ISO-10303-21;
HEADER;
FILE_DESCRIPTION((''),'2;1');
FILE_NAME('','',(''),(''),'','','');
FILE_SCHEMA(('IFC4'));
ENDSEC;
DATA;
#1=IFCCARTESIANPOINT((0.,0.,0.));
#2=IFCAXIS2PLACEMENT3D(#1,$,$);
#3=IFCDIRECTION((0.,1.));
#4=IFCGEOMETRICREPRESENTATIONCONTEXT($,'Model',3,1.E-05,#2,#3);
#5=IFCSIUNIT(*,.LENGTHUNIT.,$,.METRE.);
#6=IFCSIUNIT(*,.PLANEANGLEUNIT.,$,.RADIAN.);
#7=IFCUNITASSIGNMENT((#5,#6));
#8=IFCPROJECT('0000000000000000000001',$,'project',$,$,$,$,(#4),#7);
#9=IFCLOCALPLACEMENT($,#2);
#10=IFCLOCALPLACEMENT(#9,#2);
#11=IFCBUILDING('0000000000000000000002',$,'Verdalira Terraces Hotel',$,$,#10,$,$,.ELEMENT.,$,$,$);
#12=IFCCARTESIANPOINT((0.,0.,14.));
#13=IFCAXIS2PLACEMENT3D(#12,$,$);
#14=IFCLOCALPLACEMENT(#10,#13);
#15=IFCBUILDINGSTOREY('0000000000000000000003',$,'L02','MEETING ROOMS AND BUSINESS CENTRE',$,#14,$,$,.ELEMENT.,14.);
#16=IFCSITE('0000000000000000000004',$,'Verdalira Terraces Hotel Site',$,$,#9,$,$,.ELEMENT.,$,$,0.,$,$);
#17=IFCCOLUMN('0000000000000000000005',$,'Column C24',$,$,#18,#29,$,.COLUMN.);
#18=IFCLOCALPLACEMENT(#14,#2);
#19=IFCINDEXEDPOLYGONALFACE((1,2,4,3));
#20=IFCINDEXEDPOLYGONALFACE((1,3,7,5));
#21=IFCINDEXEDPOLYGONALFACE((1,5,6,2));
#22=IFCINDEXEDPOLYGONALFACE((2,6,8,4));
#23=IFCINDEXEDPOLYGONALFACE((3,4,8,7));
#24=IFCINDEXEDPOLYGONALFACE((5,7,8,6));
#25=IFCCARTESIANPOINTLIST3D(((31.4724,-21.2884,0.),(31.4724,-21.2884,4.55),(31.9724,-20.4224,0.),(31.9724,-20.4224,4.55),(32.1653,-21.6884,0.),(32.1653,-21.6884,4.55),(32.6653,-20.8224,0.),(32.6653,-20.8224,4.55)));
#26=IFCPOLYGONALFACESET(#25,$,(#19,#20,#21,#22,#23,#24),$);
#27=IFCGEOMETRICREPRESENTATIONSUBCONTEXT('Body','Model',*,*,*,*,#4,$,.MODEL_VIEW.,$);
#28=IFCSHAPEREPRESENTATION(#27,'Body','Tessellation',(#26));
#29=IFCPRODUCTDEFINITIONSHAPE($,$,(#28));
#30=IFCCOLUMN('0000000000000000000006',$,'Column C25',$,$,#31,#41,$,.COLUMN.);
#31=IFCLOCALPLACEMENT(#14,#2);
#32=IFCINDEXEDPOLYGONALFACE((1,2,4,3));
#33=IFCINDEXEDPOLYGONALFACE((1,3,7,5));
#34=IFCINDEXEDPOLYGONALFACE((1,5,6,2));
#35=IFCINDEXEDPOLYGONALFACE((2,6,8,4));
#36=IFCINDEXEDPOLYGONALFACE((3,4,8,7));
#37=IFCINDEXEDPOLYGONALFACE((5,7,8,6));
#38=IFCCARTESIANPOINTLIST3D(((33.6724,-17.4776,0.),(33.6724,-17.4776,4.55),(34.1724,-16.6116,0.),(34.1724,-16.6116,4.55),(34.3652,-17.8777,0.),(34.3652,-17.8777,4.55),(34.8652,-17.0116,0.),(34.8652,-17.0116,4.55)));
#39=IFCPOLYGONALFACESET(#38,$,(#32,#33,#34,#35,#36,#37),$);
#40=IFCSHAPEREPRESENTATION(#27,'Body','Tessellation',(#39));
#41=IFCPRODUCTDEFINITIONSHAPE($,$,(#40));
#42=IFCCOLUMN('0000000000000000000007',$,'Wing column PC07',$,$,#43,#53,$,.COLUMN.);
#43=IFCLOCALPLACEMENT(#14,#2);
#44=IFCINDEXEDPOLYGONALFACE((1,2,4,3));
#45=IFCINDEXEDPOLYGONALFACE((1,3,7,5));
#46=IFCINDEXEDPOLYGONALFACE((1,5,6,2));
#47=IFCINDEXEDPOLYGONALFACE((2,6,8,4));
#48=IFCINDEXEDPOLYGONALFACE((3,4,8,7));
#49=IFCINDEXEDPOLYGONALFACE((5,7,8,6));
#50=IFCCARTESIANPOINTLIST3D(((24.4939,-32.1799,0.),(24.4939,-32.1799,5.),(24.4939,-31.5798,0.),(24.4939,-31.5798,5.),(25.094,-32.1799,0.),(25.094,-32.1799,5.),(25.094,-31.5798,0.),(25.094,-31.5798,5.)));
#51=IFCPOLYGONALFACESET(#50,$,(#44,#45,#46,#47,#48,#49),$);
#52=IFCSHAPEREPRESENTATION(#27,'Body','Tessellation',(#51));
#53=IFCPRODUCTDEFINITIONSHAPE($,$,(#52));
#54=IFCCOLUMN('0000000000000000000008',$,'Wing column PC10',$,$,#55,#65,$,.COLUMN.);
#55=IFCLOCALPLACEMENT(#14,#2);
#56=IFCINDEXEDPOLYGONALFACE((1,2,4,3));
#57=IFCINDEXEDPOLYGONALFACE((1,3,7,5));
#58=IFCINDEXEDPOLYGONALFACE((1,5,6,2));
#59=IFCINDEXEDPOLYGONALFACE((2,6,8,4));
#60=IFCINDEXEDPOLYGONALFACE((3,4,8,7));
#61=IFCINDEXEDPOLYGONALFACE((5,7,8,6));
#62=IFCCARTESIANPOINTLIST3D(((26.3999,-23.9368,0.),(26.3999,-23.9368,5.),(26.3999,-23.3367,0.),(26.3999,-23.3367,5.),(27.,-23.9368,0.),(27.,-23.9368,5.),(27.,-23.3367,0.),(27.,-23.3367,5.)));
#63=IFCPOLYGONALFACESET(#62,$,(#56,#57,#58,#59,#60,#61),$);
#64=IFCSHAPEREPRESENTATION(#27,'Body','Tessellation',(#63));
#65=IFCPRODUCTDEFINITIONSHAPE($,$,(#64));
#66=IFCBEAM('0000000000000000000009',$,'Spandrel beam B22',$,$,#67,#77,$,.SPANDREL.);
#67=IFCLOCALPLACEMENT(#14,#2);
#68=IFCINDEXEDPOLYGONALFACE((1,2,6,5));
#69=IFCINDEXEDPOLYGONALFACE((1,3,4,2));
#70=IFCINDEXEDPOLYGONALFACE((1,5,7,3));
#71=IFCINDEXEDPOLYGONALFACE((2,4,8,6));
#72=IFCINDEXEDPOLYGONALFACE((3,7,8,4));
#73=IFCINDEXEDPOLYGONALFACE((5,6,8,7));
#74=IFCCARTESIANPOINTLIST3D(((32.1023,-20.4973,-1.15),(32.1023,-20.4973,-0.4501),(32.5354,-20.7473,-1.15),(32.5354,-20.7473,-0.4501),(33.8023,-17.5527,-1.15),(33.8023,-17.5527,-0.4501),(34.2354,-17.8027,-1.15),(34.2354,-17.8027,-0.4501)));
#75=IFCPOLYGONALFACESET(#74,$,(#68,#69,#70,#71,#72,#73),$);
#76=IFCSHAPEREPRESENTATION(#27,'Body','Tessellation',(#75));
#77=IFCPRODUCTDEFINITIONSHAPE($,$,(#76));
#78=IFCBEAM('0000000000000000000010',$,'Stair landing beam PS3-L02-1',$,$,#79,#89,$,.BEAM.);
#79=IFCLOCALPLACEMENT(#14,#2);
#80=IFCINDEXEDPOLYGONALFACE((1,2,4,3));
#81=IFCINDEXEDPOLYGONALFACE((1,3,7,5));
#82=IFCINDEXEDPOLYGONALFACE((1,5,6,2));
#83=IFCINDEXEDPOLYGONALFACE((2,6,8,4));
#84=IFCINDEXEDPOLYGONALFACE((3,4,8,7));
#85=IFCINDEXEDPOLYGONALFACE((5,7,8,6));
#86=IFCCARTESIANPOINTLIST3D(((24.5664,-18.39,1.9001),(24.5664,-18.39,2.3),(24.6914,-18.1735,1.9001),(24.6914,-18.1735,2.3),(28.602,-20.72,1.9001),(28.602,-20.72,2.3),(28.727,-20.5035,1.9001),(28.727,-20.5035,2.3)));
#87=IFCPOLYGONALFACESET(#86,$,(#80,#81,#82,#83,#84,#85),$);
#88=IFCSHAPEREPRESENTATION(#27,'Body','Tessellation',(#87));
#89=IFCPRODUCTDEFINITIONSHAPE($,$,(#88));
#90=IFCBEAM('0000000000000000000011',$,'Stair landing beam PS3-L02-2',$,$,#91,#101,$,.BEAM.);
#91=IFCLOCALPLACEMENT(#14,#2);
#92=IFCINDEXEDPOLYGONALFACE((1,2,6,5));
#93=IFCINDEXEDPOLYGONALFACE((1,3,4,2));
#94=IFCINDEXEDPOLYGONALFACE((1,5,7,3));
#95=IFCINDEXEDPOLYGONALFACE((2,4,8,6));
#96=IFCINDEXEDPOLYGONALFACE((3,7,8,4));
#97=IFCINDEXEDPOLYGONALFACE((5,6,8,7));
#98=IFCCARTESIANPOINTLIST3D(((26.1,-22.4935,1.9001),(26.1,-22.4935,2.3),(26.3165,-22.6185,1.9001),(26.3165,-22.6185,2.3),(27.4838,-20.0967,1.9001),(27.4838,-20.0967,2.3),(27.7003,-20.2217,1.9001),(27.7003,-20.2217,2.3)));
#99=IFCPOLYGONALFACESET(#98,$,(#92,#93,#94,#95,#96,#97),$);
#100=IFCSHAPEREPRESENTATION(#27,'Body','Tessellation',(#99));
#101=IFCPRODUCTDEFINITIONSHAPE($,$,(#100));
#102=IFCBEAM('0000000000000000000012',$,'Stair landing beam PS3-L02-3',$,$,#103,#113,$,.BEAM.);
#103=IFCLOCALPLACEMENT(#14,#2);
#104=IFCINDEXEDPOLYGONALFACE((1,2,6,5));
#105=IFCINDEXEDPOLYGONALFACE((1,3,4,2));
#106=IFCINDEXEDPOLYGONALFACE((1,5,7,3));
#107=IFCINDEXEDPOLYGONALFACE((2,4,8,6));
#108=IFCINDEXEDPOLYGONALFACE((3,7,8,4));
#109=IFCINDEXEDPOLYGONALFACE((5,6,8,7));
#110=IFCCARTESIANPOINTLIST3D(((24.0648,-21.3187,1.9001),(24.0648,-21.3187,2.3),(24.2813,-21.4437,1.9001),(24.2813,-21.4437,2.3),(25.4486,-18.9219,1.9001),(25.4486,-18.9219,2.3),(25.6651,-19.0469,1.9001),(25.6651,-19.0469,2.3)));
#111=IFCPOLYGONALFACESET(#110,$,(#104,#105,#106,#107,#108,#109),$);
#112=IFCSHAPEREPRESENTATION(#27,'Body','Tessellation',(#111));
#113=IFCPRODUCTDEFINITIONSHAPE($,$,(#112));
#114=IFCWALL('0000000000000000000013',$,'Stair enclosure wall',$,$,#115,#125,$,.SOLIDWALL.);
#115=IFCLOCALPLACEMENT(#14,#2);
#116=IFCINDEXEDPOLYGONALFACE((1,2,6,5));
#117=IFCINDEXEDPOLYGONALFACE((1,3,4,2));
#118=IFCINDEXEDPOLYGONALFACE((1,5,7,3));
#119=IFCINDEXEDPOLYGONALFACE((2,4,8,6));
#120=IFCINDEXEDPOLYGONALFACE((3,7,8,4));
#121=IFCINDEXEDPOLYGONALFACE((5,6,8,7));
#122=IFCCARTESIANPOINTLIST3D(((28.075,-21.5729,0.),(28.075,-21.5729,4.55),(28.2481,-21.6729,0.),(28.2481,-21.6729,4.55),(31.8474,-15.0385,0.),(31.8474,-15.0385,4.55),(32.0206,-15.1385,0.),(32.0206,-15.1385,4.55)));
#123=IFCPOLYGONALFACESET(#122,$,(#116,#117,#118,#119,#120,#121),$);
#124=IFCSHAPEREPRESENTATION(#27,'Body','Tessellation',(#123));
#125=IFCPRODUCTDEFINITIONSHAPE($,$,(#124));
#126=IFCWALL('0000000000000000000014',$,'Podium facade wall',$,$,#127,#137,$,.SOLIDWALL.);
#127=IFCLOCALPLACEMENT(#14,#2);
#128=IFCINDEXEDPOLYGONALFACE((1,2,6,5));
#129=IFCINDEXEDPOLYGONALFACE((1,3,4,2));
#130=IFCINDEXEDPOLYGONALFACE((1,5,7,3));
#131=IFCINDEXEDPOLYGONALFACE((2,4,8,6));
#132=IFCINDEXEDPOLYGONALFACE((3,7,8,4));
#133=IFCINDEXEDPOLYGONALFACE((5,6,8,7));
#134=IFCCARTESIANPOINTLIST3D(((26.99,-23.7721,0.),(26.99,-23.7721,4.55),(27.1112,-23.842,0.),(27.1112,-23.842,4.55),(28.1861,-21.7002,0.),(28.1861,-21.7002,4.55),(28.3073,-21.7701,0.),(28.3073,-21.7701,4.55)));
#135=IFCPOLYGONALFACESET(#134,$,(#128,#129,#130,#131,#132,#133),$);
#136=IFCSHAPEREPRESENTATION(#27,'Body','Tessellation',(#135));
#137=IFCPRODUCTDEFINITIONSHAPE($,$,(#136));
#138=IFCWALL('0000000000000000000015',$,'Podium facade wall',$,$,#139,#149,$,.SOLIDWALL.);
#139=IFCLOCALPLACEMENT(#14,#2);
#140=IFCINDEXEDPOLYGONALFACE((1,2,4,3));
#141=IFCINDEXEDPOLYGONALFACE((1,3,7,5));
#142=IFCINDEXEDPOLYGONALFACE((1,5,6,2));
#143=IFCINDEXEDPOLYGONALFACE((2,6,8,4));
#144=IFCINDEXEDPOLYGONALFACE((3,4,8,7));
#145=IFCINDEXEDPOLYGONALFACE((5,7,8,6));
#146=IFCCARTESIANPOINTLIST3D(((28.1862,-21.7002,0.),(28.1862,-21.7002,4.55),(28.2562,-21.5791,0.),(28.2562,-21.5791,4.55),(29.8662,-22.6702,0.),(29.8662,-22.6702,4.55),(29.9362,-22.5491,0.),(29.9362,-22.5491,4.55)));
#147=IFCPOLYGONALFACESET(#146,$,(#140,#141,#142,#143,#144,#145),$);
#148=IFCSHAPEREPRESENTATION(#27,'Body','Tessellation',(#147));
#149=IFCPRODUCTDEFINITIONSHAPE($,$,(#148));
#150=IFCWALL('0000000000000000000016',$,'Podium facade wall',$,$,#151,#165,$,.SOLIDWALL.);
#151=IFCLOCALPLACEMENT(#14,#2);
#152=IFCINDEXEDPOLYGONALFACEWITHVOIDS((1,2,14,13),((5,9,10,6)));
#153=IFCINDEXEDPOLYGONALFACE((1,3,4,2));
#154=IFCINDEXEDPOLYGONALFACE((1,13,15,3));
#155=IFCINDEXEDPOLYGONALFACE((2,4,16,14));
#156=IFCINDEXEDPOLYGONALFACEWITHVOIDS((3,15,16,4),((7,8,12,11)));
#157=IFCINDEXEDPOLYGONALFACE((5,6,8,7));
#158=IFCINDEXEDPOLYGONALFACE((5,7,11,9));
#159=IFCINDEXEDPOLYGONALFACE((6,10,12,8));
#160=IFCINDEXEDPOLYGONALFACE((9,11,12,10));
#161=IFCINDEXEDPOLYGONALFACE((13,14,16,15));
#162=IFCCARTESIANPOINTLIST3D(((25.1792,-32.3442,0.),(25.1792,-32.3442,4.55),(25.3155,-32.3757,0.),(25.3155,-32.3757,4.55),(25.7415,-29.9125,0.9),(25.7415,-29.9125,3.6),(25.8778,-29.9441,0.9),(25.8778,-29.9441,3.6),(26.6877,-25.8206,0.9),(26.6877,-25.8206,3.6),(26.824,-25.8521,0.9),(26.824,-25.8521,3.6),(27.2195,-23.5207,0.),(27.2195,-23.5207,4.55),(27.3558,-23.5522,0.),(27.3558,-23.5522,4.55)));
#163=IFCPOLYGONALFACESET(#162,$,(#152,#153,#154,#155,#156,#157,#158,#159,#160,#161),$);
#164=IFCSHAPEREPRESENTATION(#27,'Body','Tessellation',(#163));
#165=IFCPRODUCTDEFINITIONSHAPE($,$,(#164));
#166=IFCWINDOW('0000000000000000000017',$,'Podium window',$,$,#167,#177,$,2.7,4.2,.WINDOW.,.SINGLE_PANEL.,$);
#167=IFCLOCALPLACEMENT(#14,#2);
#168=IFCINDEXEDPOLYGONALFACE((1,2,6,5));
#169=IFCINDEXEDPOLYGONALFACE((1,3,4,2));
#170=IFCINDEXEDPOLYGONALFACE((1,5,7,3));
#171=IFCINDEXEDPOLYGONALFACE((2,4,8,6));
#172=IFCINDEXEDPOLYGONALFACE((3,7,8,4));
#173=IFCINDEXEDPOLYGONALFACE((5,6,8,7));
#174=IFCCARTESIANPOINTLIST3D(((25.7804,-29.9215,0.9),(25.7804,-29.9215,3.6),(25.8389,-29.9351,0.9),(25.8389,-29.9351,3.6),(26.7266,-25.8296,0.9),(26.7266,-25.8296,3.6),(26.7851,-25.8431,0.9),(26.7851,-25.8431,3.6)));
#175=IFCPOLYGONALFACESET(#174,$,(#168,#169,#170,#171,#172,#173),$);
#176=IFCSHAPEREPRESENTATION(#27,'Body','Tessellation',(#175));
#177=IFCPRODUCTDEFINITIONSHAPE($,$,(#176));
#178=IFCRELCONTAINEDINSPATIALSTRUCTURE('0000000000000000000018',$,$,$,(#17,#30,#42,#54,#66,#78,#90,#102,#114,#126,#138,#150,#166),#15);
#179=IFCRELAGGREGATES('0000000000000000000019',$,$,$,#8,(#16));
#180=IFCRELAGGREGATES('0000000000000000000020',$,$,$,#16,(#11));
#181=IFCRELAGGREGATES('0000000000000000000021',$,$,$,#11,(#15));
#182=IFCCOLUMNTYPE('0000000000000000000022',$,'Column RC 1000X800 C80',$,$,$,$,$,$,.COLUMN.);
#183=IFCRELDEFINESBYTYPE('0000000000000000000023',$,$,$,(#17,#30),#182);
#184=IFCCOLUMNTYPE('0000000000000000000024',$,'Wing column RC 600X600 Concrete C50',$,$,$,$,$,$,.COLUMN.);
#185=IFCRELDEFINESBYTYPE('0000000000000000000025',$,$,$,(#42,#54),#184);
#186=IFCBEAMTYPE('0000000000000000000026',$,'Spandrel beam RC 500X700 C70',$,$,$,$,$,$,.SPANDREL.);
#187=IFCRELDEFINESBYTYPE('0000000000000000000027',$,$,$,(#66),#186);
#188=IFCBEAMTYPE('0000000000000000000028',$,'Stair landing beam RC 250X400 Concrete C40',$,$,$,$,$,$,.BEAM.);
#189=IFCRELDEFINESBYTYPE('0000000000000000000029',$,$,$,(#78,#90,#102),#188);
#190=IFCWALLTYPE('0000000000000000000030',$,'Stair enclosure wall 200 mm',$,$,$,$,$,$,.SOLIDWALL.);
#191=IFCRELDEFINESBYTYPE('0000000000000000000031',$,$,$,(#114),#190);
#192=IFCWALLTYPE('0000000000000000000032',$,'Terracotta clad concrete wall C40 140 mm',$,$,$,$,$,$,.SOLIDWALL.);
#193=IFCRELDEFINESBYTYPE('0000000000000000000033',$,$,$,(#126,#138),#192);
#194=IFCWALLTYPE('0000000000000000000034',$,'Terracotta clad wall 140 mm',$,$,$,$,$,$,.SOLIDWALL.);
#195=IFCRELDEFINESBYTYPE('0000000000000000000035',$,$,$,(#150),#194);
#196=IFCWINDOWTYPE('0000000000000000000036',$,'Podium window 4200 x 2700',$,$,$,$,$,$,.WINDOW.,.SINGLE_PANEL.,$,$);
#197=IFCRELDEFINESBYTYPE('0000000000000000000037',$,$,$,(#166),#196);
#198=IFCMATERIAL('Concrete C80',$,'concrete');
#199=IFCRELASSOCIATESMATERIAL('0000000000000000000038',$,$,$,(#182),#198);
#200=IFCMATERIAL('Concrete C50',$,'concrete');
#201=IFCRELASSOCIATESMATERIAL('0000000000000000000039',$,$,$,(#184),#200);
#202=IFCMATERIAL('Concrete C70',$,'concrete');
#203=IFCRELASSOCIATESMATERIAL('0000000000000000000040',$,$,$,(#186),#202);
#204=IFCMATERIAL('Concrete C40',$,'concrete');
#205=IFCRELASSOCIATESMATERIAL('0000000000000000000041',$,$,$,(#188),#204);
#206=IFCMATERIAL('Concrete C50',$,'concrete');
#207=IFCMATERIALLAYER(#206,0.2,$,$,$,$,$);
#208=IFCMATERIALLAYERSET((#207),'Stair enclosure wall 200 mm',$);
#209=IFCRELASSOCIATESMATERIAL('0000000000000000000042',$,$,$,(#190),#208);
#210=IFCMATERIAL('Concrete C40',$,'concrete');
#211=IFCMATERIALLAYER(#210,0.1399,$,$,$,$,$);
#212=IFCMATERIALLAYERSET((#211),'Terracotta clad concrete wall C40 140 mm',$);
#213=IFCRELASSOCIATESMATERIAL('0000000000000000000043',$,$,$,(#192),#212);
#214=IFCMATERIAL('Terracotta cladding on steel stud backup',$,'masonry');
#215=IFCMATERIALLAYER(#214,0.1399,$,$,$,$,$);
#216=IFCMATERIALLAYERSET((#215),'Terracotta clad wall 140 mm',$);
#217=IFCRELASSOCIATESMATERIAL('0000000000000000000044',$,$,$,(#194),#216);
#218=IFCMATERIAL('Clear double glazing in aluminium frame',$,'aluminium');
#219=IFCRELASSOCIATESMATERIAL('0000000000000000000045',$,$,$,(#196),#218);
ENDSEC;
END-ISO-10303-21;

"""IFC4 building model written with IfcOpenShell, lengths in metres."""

from ifc_helpers import new_model, si_unit, direction, frame, frame_2d, origin, origin_2d, place, context, subcontext, project, spatial, rectangle, extrude, material, layer, layer_set, material_profile, profile_set, type_object, element, fill, save


model = new_model("IFC4")

# Units and contexts
model_context = context("Model", 3, precision=1e-05, world=origin(), true_north=direction((0.0, 1.0)))
body_context = subcontext(model_context, "Body", "Model", "MODEL_VIEW")
ifc_project = project(units=[si_unit("LENGTHUNIT", "METRE"), si_unit("PLANEANGLEUNIT", "RADIAN")], contexts=[model_context])

# Site, building, storey
site_placement = place(None, origin())
site = spatial("IfcSite", under=ifc_project, at=site_placement, Name="Verdalira Terraces Hotel Site", CompositionType="ELEMENT", RefElevation=0.0)
building_placement = place(site_placement, origin())
building = spatial("IfcBuilding", under=site, at=building_placement, Name="Verdalira Terraces Hotel", CompositionType="ELEMENT")
storey_placement = place(building_placement, frame((0.0, 0.0, 14.0)))
storey = spatial("IfcBuildingStorey", under=building, at=storey_placement, Name="L02", Description="MEETING ROOMS AND BUSINESS CENTRE", CompositionType="ELEMENT", Elevation=14.0)

# Columns
ifc_material_1 = material(Name="Concrete C80", Category="concrete")
ifc_material_profile_1 = material_profile(ifc_material_1, rectangle(XDim=1.0, YDim=0.8, at=origin_2d()), Name="RC 1000X800")
ifc_profile_set_1 = profile_set([ifc_material_profile_1], Name="Concrete C80")
column_type_1 = type_object("IfcColumnType", Name="Column RC 1000X800 C80", PredefinedType="COLUMN", material=ifc_profile_set_1)
for number, where, z_axis, x_axis, name in (
    (1, (32.0688, -21.0554, 0.0), (0.0, 0.0, 1.0), (0.5, 0.866025, 0.0), "Column C24"),
    (2, (34.2688, -17.2446, 0.0), (0.0, 0.0, 1.0), (0.5, 0.866025, 0.0), "Column C25"),
):
    element("IfcColumn", number, at=place(storey_placement, frame(where, z_axis=z_axis, x_axis=x_axis)), inside=storey, type_object=column_type_1, Name=name, PredefinedType="COLUMN", context=body_context, shape_type="SweptSolid", body=[
        extrude(rectangle(XDim=1.0, YDim=0.8, at=origin_2d()), origin(), (0.0, 0.0, 1.0), 4.55),
    ])
ifc_material_2 = material(Name="Concrete C50", Category="concrete")
ifc_material_profile_2 = material_profile(ifc_material_2, rectangle(XDim=0.6001, YDim=0.6001, at=origin_2d()), Name="RC 600X600")
ifc_profile_set_2 = profile_set([ifc_material_profile_2], Name="Concrete C50")
column_type_2 = type_object("IfcColumnType", Name="Wing column RC 600X600 Concrete C50", PredefinedType="COLUMN", material=ifc_profile_set_2)
for number, where, z_axis, x_axis, name in (
    (3, (24.7939, -31.8799, 0.0), (0.0, 0.0, 1.0), (0.0, -1.0, 0.0), "Wing column PC07"),
    (4, (26.7, -23.6367, 0.0), (0.0, 0.0, 1.0), (0.0, -1.0, 0.0), "Wing column PC10"),
):
    element("IfcColumn", number, at=place(storey_placement, frame(where, z_axis=z_axis, x_axis=x_axis)), inside=storey, type_object=column_type_2, Name=name, PredefinedType="COLUMN", context=body_context, shape_type="SweptSolid", body=[
        extrude(rectangle(XDim=0.6001, YDim=0.6001, at=origin_2d()), origin(), (0.0, 0.0, 1.0), 5.0),
    ])

# Beams
ifc_material_3 = material(Name="Concrete C70", Category="concrete")
ifc_material_profile_3 = material_profile(ifc_material_3, rectangle(XDim=0.5, YDim=0.7, at=origin_2d()), Name="RC 500X700")
ifc_profile_set_3 = profile_set([ifc_material_profile_3], Name="Concrete C70")
beam_type_1 = type_object("IfcBeamType", Name="Spandrel beam RC 500X700 C70", PredefinedType="SPANDREL", material=ifc_profile_set_3)
beam_1_placement = place(storey_placement, frame((32.3188, -20.6223, -0.8), z_axis=(0.499977, 0.866039, 0.0), x_axis=(-0.866039, 0.499977, 0.0)))
element("IfcBeam", 5, at=beam_1_placement, inside=storey, type_object=beam_type_1, Name="Spandrel beam B22", PredefinedType="SPANDREL", context=body_context, shape_type="SweptSolid", body=[
    extrude(rectangle(XDim=0.5, YDim=0.7, at=origin_2d()), origin(), (0.0, 0.0, 1.0), 3.4001),
])
ifc_material_4 = material(Name="Concrete C40", Category="concrete")
ifc_material_profile_4 = material_profile(ifc_material_4, rectangle(XDim=0.25, YDim=0.3999, at=origin_2d()), Name="RC 250X400")
ifc_profile_set_4 = profile_set([ifc_material_profile_4], Name="Concrete C40")
beam_type_2 = type_object("IfcBeamType", Name="Stair landing beam RC 250X400 Concrete C40", PredefinedType="BEAM", material=ifc_profile_set_4)
beam_2_placement = place(storey_placement, frame((24.6289, -18.2817, 2.1001), z_axis=(0.866016, -0.500016, 0.0), x_axis=(0.500016, 0.866016, 0.0)))
element("IfcBeam", 6, at=beam_2_placement, inside=storey, type_object=beam_type_2, Name="Stair landing beam PS3-L02-1", PredefinedType="BEAM", context=body_context, shape_type="SweptSolid", body=[
    extrude(rectangle(XDim=0.25, YDim=0.3999, at=origin_2d()), origin(), (0.0, 0.0, 1.0), 4.6599),
])
for number, where, z_axis, x_axis, name in (
    (7, (27.592, -20.1592, 2.1001), (-0.50001, -0.86602, 0.0), (0.86602, -0.50001, 0.0), "Stair landing beam PS3-L02-2"),
    (8, (25.5569, -18.9844, 2.1001), (-0.50001, -0.86602, 0.0), (0.86602, -0.50001, 0.0), "Stair landing beam PS3-L02-3"),
):
    element("IfcBeam", number, at=place(storey_placement, frame(where, z_axis=z_axis, x_axis=x_axis)), inside=storey, type_object=beam_type_2, Name=name, PredefinedType="BEAM", context=body_context, shape_type="SweptSolid", body=[
        extrude(rectangle(XDim=0.25, YDim=0.3999, at=origin_2d()), origin(), (0.0, 0.0, 1.0), 2.7676),
    ])

# Walls
ifc_material_5 = material(Name="Concrete C50", Category="concrete")
ifc_layer_1 = layer(ifc_material_5, 0.2)
ifc_layer_set_1 = layer_set([ifc_layer_1], Name="Stair enclosure wall 200 mm")
wall_type_1 = type_object("IfcWallType", Name="Stair enclosure wall 200 mm", PredefinedType="SOLIDWALL", material=ifc_layer_set_1)
wall_1_placement = place(storey_placement, frame((28.1616, -21.6228, 0.0), z_axis=(0.0, 0.0, 1.0), x_axis=(0.499981, 0.866036, 0.0)))
element("IfcWall", 9, at=wall_1_placement, inside=storey, type_object=wall_type_1, Name="Stair enclosure wall", PredefinedType="SOLIDWALL", context=body_context, shape_type="SweptSolid", body=[
    extrude(rectangle(XDim=7.5452, YDim=0.2, at=frame_2d((3.7725, 0.0))), origin(), (0.0, 0.0, 1.0), 4.55),
])
ifc_material_6 = material(Name="Concrete C40", Category="concrete")
ifc_layer_2 = layer(ifc_material_6, 0.1399)
ifc_layer_set_2 = layer_set([ifc_layer_2], Name="Terracotta clad concrete wall C40 140 mm")
wall_type_2 = type_object("IfcWallType", Name="Terracotta clad concrete wall C40 140 mm", PredefinedType="SOLIDWALL", material=ifc_layer_set_2)
wall_2_placement = place(storey_placement, frame((27.0505, -23.8071, 0.0), z_axis=(0.0, 0.0, 1.0), x_axis=(0.49997, 0.866043, 0.0)))
element("IfcWall", 10, at=wall_2_placement, inside=storey, type_object=wall_type_2, Name="Podium facade wall", PredefinedType="SOLIDWALL", context=body_context, shape_type="SweptSolid", body=[
    extrude(rectangle(XDim=2.3923, YDim=0.1399, at=frame_2d((1.1963, 0.0))), origin(), (0.0, 0.0, 1.0), 4.55),
])
wall_3_placement = place(storey_placement, frame((28.2212, -21.6396, 0.0), z_axis=(0.0, 0.0, 1.0), x_axis=(0.866012, -0.500024, 0.0)))
element("IfcWall", 11, at=wall_3_placement, inside=storey, type_object=wall_type_2, Name="Podium facade wall", PredefinedType="SOLIDWALL", context=body_context, shape_type="SweptSolid", body=[
    extrude(rectangle(XDim=1.9399, YDim=0.1399, at=frame_2d((0.97, 0.0))), origin(), (0.0, 0.0, 1.0), 4.55),
])

# Wall, opening, window
ifc_material_7 = material(Name="Terracotta cladding on steel stud backup", Category="masonry")
ifc_layer_3 = layer(ifc_material_7, 0.1399)
ifc_layer_set_3 = layer_set([ifc_layer_3], Name="Terracotta clad wall 140 mm")
wall_type_3 = type_object("IfcWallType", Name="Terracotta clad wall 140 mm", PredefinedType="SOLIDWALL", material=ifc_layer_set_3)
wall_4_placement = place(storey_placement, frame((25.2473, -32.3601, 0.0), z_axis=(0.0, 0.0, 1.0), x_axis=(0.225289, 0.974292, 0.0)))
wall_4 = element("IfcWall", 12, at=wall_4_placement, inside=storey, type_object=wall_type_3, Name="Podium facade wall", PredefinedType="SOLIDWALL", context=body_context, shape_type="SweptSolid", body=[
    extrude(rectangle(XDim=9.0564, YDim=0.1399, at=frame_2d((4.5283, 0.0))), origin(), (0.0, 0.0, 1.0), 4.55),
])
opening_placement = place(wall_4_placement, frame((2.4958, 0.0, 0.8999)))
opening = element("IfcOpeningElement", 13, at=opening_placement, cuts=wall_4, PredefinedType="OPENING", context=body_context, shape_type="SweptSolid", body=[
    extrude(rectangle(XDim=4.2, YDim=2.7, at=frame_2d((2.1001, 1.3501))), frame((0.0, 0.0798, 0.0), z_axis=(0.0, -1.0, 0.0), x_axis=(1.0, 0.0, 0.0)), (0.0, 0.0, 1.0), 0.1599),
])
ifc_material_8 = material(Name="Clear double glazing in aluminium frame", Category="aluminium")
window_type = type_object("IfcWindowType", Name="Podium window 4200 x 2700", PartitioningType="SINGLE_PANEL", PredefinedType="WINDOW", material=ifc_material_8)
window_placement = place(opening_placement, origin())
window = element("IfcWindow", 14, at=window_placement, inside=storey, type_object=window_type, Name="Podium window", OverallHeight=2.7, OverallWidth=4.2, PartitioningType="SINGLE_PANEL", PredefinedType="WINDOW", context=body_context, shape_type="SweptSolid", body=[
    extrude(rectangle(XDim=4.2, YDim=2.7, at=frame_2d((2.1001, 1.3501))), frame((0.0, 0.03, 0.0), z_axis=(0.0, -1.0, 0.0), x_axis=(1.0, 0.0, 0.0)), (0.0, 0.0, 1.0), 0.0601),
])
fill(opening, window)

save(model, "model.ifc")
